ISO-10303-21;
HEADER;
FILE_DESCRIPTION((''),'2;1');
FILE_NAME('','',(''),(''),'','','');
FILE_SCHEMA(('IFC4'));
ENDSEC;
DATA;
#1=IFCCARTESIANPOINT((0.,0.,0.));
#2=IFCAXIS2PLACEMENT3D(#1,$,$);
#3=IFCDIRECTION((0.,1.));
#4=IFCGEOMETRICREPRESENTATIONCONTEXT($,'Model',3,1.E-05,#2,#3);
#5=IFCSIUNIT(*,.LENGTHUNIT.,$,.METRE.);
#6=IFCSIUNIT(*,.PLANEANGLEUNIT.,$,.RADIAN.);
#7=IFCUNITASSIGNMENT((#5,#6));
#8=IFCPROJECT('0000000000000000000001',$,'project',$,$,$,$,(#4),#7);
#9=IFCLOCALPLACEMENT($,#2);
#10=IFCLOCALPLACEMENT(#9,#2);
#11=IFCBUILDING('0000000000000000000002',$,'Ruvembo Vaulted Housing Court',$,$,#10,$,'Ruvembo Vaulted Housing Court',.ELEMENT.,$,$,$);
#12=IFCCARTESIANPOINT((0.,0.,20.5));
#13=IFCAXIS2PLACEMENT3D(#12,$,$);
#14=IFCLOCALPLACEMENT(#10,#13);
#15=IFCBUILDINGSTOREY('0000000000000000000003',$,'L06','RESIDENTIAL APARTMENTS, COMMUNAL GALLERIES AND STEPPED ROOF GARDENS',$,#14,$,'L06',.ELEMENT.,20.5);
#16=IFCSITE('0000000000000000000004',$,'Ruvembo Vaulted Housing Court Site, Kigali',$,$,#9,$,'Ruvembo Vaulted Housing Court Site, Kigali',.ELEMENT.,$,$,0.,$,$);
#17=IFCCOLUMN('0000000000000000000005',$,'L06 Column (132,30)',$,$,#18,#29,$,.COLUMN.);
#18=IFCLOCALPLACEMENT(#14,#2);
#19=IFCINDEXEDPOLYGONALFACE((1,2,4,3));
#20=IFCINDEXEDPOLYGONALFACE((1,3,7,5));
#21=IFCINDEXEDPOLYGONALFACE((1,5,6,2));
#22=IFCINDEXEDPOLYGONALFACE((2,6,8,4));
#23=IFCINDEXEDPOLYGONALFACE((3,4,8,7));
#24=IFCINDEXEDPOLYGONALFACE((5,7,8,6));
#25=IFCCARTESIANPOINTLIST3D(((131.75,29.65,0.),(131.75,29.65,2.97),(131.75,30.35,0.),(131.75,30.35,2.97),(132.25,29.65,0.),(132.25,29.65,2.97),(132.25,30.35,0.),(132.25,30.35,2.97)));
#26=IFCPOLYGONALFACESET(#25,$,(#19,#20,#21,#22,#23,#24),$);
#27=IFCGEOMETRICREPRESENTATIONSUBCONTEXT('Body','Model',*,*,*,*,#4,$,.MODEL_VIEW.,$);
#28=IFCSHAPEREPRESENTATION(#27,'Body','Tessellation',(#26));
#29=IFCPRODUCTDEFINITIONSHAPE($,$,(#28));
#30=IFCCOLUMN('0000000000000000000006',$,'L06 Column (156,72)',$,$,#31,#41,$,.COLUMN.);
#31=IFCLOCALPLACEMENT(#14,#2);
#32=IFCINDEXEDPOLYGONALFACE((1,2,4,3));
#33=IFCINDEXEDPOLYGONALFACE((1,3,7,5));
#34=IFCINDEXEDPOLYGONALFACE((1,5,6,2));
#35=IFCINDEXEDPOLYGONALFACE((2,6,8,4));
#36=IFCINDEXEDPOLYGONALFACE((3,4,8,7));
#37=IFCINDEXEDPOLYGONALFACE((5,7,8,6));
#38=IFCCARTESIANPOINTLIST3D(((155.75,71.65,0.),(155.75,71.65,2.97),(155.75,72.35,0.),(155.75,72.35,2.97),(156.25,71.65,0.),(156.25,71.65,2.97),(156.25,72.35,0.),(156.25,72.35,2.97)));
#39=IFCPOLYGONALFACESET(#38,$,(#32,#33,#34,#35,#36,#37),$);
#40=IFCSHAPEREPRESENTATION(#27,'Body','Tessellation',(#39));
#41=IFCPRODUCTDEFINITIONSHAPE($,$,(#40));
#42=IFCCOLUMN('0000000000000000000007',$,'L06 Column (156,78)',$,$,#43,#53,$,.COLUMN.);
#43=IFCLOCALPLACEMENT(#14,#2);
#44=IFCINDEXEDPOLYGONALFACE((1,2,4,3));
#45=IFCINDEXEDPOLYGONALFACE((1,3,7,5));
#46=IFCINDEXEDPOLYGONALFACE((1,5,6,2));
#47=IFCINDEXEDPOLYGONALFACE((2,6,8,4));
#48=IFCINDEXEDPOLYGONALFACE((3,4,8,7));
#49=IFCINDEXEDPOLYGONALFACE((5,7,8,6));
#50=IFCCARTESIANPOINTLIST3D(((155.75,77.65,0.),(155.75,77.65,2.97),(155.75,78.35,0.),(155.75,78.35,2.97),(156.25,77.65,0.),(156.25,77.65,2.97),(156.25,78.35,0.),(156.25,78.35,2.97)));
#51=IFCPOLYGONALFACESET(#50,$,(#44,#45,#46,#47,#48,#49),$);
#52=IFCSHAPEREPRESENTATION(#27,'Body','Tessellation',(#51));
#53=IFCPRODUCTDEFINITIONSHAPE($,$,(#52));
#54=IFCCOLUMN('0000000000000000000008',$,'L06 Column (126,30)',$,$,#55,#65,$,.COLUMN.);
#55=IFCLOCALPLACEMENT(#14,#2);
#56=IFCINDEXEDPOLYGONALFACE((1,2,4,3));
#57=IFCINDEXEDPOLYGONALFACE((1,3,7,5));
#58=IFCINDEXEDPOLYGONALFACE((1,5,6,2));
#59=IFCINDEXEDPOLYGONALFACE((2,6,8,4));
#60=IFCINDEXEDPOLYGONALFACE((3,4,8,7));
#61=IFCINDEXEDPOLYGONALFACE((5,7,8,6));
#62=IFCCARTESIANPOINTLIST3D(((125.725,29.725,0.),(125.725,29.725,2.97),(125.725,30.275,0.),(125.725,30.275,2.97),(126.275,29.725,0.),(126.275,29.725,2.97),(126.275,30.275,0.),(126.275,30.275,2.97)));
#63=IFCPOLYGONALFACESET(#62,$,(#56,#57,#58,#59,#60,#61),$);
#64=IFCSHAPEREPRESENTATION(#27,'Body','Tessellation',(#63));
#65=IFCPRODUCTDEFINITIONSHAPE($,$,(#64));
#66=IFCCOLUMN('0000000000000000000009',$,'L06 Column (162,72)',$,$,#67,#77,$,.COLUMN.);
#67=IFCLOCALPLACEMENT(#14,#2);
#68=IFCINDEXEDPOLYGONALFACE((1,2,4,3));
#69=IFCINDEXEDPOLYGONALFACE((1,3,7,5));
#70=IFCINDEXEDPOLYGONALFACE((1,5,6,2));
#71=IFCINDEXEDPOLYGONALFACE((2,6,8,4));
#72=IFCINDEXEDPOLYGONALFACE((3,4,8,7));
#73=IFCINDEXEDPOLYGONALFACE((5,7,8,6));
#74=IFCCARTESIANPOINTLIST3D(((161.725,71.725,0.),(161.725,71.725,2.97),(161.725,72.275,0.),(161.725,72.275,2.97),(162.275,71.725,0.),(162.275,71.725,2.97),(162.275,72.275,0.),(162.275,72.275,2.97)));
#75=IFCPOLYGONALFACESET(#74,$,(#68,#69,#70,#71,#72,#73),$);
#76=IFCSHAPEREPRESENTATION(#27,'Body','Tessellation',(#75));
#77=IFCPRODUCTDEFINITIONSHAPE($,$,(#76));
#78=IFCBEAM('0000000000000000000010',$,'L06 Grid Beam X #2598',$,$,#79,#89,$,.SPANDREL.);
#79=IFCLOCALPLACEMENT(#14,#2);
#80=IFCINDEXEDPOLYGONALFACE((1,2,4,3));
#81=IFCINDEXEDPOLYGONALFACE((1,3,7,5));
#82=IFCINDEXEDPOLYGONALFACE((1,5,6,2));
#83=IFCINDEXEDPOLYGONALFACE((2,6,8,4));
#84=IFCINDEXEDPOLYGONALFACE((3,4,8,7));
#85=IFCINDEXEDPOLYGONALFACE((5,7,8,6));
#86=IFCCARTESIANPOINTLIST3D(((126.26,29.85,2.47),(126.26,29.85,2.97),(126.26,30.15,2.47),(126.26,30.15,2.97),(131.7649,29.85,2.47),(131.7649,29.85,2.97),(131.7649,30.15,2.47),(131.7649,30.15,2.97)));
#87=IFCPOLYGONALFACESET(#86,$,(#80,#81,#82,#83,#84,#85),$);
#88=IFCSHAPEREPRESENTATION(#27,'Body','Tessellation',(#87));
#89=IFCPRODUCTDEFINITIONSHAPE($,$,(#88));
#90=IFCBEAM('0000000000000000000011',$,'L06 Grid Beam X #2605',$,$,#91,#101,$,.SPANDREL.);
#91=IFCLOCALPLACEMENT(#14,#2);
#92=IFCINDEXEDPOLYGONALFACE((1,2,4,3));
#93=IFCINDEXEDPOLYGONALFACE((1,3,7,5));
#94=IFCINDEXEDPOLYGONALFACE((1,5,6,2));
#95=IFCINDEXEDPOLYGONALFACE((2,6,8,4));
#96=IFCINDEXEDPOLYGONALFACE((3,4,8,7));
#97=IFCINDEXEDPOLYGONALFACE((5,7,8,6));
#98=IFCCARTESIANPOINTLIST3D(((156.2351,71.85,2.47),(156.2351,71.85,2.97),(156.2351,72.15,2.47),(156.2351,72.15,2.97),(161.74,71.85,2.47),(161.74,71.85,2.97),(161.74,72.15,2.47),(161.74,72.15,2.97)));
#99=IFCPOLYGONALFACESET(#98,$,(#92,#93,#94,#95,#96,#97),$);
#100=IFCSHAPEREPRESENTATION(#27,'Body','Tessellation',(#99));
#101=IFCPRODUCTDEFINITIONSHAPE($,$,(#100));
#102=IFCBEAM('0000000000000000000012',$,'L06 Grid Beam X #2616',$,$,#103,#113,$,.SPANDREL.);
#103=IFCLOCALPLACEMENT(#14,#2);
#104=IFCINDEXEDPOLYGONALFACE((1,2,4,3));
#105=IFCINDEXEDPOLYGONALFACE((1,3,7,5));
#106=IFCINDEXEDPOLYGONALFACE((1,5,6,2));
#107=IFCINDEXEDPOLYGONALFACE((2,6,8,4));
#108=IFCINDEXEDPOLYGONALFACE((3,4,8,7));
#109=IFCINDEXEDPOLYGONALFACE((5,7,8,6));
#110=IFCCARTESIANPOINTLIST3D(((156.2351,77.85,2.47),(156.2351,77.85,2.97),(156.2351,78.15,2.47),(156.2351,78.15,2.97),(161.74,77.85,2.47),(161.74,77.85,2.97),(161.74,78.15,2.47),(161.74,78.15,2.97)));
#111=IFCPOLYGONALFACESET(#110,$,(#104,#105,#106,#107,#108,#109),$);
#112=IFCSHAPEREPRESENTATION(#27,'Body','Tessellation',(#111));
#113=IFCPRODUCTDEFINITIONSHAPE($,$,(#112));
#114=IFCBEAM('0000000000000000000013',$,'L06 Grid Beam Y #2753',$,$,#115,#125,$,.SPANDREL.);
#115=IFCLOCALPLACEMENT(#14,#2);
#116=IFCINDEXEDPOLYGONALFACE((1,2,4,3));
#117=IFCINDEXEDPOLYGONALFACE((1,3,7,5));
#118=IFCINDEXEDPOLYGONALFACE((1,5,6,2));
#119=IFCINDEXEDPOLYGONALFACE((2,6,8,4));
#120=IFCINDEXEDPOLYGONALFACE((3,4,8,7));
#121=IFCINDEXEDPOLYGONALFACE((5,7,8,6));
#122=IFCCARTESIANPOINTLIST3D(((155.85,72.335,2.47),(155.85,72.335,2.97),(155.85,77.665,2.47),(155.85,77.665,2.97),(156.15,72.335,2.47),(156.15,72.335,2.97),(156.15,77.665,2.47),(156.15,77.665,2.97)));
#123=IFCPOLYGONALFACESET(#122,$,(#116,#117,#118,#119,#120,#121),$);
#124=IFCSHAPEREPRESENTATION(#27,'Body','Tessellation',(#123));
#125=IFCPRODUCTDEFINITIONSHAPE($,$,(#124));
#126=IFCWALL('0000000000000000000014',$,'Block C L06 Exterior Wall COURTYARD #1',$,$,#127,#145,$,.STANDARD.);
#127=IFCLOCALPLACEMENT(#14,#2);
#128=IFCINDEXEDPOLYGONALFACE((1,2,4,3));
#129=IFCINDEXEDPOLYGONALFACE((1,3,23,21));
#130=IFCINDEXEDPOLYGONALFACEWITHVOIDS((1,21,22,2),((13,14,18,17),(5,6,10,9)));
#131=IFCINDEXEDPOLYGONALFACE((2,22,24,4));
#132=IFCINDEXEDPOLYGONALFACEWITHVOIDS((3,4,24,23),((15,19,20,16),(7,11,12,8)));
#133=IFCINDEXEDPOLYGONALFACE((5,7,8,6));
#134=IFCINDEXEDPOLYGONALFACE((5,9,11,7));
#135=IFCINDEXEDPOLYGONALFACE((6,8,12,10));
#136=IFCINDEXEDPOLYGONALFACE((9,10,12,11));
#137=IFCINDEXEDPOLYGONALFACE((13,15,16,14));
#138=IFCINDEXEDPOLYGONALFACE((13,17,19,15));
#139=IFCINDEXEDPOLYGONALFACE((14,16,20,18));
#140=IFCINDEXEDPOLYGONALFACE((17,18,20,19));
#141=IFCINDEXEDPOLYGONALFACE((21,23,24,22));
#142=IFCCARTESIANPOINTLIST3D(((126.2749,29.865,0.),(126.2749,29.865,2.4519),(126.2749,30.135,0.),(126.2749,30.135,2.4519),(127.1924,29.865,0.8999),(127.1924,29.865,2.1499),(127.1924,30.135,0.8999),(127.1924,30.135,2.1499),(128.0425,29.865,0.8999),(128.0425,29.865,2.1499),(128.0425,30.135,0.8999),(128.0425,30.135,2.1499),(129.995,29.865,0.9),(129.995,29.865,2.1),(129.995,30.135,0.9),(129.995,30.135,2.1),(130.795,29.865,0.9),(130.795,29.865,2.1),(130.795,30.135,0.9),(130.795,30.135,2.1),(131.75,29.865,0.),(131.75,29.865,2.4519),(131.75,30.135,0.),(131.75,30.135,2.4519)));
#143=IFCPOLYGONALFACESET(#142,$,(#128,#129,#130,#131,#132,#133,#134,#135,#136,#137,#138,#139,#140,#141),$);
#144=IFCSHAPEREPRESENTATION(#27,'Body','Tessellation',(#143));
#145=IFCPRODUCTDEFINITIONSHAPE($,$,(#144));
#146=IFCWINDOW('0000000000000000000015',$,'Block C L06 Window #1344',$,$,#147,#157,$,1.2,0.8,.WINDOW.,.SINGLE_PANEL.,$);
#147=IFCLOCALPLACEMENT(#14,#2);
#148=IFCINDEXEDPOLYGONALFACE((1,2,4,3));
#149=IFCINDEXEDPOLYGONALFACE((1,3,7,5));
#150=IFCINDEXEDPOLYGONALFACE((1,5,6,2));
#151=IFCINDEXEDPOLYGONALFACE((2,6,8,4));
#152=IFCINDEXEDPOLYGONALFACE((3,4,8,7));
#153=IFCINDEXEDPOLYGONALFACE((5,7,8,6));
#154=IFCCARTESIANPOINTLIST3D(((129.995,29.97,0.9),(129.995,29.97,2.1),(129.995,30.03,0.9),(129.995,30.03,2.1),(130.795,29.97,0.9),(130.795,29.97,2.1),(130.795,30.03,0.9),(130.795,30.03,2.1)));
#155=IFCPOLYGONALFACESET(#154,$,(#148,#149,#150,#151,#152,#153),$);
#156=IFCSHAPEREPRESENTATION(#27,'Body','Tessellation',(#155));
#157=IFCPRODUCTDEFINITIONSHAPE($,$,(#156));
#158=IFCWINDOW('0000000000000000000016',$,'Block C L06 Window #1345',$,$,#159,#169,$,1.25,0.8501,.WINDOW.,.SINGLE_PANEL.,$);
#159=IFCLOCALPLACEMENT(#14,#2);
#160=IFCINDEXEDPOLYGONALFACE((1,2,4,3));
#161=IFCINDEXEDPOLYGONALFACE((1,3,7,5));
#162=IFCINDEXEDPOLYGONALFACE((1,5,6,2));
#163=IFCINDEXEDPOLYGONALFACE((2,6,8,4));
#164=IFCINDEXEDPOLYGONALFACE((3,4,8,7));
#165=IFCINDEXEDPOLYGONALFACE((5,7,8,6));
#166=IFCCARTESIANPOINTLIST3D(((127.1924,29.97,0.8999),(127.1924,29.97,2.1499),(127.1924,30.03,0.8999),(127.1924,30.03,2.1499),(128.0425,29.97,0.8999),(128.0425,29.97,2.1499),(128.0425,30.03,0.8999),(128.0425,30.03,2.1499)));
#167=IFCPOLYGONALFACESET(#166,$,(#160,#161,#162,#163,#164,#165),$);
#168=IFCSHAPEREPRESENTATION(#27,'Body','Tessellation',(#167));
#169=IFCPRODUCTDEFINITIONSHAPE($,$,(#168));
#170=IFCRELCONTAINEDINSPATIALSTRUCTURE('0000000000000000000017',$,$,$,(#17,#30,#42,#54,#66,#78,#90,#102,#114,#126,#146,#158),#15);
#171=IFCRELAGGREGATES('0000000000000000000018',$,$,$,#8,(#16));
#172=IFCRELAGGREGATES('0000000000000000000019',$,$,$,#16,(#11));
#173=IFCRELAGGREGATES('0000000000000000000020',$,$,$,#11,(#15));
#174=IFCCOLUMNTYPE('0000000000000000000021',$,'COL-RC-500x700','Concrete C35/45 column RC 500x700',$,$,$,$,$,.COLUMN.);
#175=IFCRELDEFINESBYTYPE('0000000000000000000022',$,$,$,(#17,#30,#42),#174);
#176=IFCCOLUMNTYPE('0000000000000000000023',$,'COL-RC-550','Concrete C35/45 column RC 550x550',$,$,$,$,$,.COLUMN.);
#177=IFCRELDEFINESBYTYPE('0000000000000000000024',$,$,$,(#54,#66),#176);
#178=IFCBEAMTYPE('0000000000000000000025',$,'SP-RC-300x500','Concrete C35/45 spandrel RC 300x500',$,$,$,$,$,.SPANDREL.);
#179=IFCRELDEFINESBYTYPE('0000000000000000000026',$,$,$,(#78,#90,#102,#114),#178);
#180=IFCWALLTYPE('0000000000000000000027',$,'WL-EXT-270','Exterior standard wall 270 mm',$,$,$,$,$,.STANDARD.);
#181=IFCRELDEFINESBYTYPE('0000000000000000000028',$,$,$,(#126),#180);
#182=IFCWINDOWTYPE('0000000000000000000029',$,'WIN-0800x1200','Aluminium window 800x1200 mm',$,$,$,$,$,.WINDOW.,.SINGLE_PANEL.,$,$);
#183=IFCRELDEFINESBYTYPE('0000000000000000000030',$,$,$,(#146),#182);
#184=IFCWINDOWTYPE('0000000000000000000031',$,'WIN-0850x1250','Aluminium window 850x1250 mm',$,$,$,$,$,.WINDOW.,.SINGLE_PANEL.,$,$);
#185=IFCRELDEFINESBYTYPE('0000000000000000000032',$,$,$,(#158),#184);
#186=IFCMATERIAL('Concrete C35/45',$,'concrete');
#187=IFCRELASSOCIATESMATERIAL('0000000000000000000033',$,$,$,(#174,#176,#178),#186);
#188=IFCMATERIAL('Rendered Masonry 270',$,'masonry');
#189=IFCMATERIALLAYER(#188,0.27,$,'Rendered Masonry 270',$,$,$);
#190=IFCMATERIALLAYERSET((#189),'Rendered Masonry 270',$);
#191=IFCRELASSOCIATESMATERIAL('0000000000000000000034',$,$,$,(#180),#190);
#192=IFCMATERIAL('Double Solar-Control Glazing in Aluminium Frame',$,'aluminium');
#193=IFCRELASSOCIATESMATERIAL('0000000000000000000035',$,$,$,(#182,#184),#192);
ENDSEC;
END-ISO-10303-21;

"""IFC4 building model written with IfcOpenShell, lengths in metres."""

from ifc_helpers import new_model, si_unit, direction, frame, frame_2d, origin, origin_2d, place, context, subcontext, project, spatial, rectangle, extrude, material, layer, layer_set, material_profile, profile_set, type_object, element, fill, save


model = new_model("IFC4")

# Units and contexts
model_context = context("Model", 3, precision=1e-05, world=origin(), true_north=direction((0.0, 1.0)))
body_context = subcontext(model_context, "Body", "Model", "MODEL_VIEW")
ifc_project = project(units=[si_unit("LENGTHUNIT", "METRE"), si_unit("PLANEANGLEUNIT", "RADIAN")], contexts=[model_context])

# Site, building, storey
site_placement = place(None, origin())
site = spatial("IfcSite", under=ifc_project, at=site_placement, Name="Ruvembo Vaulted Housing Court Site, Kigali", LongName="Ruvembo Vaulted Housing Court Site, Kigali", CompositionType="ELEMENT", RefElevation=0.0)
building_placement = place(site_placement, origin())
building = spatial("IfcBuilding", under=site, at=building_placement, Name="Ruvembo Vaulted Housing Court", LongName="Ruvembo Vaulted Housing Court", CompositionType="ELEMENT")
storey_placement = place(building_placement, frame((0.0, 0.0, 20.5)))
storey = spatial("IfcBuildingStorey", under=building, at=storey_placement, Name="L06", Description="RESIDENTIAL APARTMENTS, COMMUNAL GALLERIES AND STEPPED ROOF GARDENS", LongName="L06", CompositionType="ELEMENT", Elevation=20.5)

# Columns
ifc_material_1 = material(Name="Concrete C35/45", Category="concrete")
ifc_material_profile_1 = material_profile(ifc_material_1, rectangle(XDim=0.5, YDim=0.7, at=origin_2d()), Name="RC 500x700")
ifc_profile_set_1 = profile_set([ifc_material_profile_1], Name="Concrete C35/45")
column_type_1 = type_object("IfcColumnType", Name="COL-RC-500x700", Description="Concrete C35/45 column RC 500x700", PredefinedType="COLUMN", material=ifc_profile_set_1)
for number, where, z_axis, x_axis, name in (
    (1, (132.0, 30.0, 0.0), (0.0, 0.0, 1.0), (1.0, 0.0, 0.0), "L06 Column (132,30)"),
    (2, (156.0, 72.0, 0.0), (0.0, 0.0, 1.0), (1.0, 0.0, 0.0), "L06 Column (156,72)"),
    (3, (156.0, 78.0, 0.0), (0.0, 0.0, 1.0), (1.0, 0.0, 0.0), "L06 Column (156,78)"),
):
    element("IfcColumn", number, at=place(storey_placement, frame(where, z_axis=z_axis, x_axis=x_axis)), inside=storey, type_object=column_type_1, Name=name, PredefinedType="COLUMN", context=body_context, shape_type="SweptSolid", body=[
        extrude(rectangle(XDim=0.5, YDim=0.7, at=origin_2d()), origin(), (0.0, 0.0, 1.0), 2.97),
    ])
ifc_material_profile_2 = material_profile(ifc_material_1, rectangle(XDim=0.55, YDim=0.55, at=origin_2d()), Name="RC 550x550")
ifc_profile_set_2 = profile_set([ifc_material_profile_2], Name="Concrete C35/45")
column_type_2 = type_object("IfcColumnType", Name="COL-RC-550", Description="Concrete C35/45 column RC 550x550", PredefinedType="COLUMN", material=ifc_profile_set_2)
for number, where, z_axis, x_axis, name in (
    (4, (126.0, 30.0, 0.0), (0.0, 0.0, 1.0), (1.0, 0.0, 0.0), "L06 Column (126,30)"),
    (5, (162.0, 72.0, 0.0), (0.0, 0.0, 1.0), (1.0, 0.0, 0.0), "L06 Column (162,72)"),
):
    element("IfcColumn", number, at=place(storey_placement, frame(where, z_axis=z_axis, x_axis=x_axis)), inside=storey, type_object=column_type_2, Name=name, PredefinedType="COLUMN", context=body_context, shape_type="SweptSolid", body=[
        extrude(rectangle(XDim=0.55, YDim=0.55, at=origin_2d()), origin(), (0.0, 0.0, 1.0), 2.97),
    ])

# Beams
ifc_material_profile_3 = material_profile(ifc_material_1, rectangle(XDim=0.3, YDim=0.5, at=origin_2d()), Name="RC 300x500")
ifc_profile_set_3 = profile_set([ifc_material_profile_3], Name="Concrete C35/45")
beam_type = type_object("IfcBeamType", Name="SP-RC-300x500", Description="Concrete C35/45 spandrel RC 300x500", PredefinedType="SPANDREL", material=ifc_profile_set_3)
for number, where, z_axis, x_axis, name in (
    (6, (126.26, 30.0, 2.72), (1.0, 0.0, 0.0), (0.0, 1.0, 0.0), "L06 Grid Beam X #2598"),
    (7, (156.2351, 72.0, 2.72), (1.0, 0.0, 0.0), (0.0, 1.0, 0.0), "L06 Grid Beam X #2605"),
    (8, (156.2351, 78.0, 2.72), (1.0, 0.0, 0.0), (0.0, 1.0, 0.0), "L06 Grid Beam X #2616"),
):
    element("IfcBeam", number, at=place(storey_placement, frame(where, z_axis=z_axis, x_axis=x_axis)), inside=storey, type_object=beam_type, Name=name, PredefinedType="SPANDREL", context=body_context, shape_type="SweptSolid", body=[
        extrude(rectangle(XDim=0.3, YDim=0.5, at=origin_2d()), origin(), (0.0, 0.0, 1.0), 5.5049),
    ])
beam_placement = place(storey_placement, frame((156.0, 72.335, 2.72), z_axis=(0.0, 1.0, 0.0), x_axis=(-1.0, 0.0, 0.0)))
element("IfcBeam", 9, at=beam_placement, inside=storey, type_object=beam_type, Name="L06 Grid Beam Y #2753", PredefinedType="SPANDREL", context=body_context, shape_type="SweptSolid", body=[
    extrude(rectangle(XDim=0.3, YDim=0.5, at=origin_2d()), origin(), (0.0, 0.0, 1.0), 5.3301),
])

# Wall, openings, windows
ifc_material_2 = material(Name="Rendered Masonry 270", Category="masonry")
ifc_layer_1 = layer(ifc_material_2, 0.27, Name="Rendered Masonry 270")
ifc_layer_set_1 = layer_set([ifc_layer_1], Name="Rendered Masonry 270")
wall_type_1 = type_object("IfcWallType", Name="WL-EXT-270", Description="Exterior standard wall 270 mm", PredefinedType="STANDARD", material=ifc_layer_set_1)
wall_1_placement = place(storey_placement, frame((131.75, 30.0, 0.0), z_axis=(0.0, 0.0, 1.0), x_axis=(-1.0, 0.0, 0.0)))
wall_1 = element("IfcWall", 10, at=wall_1_placement, inside=storey, type_object=wall_type_1, Name="Block C L06 Exterior Wall COURTYARD #1", PredefinedType="STANDARD", context=body_context, shape_type="SweptSolid", body=[
    extrude(rectangle(XDim=5.4751, YDim=0.27, at=frame_2d((2.7375, 0.0))), origin(), (0.0, 0.0, 1.0), 2.4519),
])
opening_1_placement = place(wall_1_placement, frame((0.9551, 0.0, 0.8999)))
opening_1 = element("IfcOpeningElement", 11, at=opening_1_placement, cuts=wall_1, PredefinedType="OPENING", context=body_context, shape_type="SweptSolid", body=[
    extrude(rectangle(XDim=0.8, YDim=1.2, at=frame_2d((0.3999, 0.6001))), frame((0.0, 0.145, 0.0), z_axis=(0.0, -1.0, 0.0), x_axis=(1.0, 0.0, 0.0)), (0.0, 0.0, 1.0), 0.29),
])
opening_2_placement = place(wall_1_placement, frame((3.7075, 0.0, 0.8999)))
opening_2 = element("IfcOpeningElement", 12, at=opening_2_placement, cuts=wall_1, PredefinedType="OPENING", context=body_context, shape_type="SweptSolid", body=[
    extrude(rectangle(XDim=0.8501, YDim=1.25, at=frame_2d((0.425, 0.625))), frame((0.0, 0.145, 0.0), z_axis=(0.0, -1.0, 0.0), x_axis=(1.0, 0.0, 0.0)), (0.0, 0.0, 1.0), 0.29),
])
ifc_material_3 = material(Name="Double Solar-Control Glazing in Aluminium Frame", Category="aluminium")
window_type_1 = type_object("IfcWindowType", Name="WIN-0800x1200", Description="Aluminium window 800x1200 mm", PartitioningType="SINGLE_PANEL", PredefinedType="WINDOW", material=ifc_material_3)
window_1_placement = place(opening_1_placement, origin())
window_1 = element("IfcWindow", 13, at=window_1_placement, inside=storey, type_object=window_type_1, Name="Block C L06 Window #1344", OverallHeight=1.2, OverallWidth=0.8, PartitioningType="SINGLE_PANEL", PredefinedType="WINDOW", context=body_context, shape_type="SweptSolid", body=[
    extrude(rectangle(XDim=0.8, YDim=1.2, at=frame_2d((0.3999, 0.6001))), frame((0.0, 0.03, 0.0), z_axis=(0.0, -1.0, 0.0), x_axis=(1.0, 0.0, 0.0)), (0.0, 0.0, 1.0), 0.0601),
])
fill(opening_1, window_1)
window_type_2 = type_object("IfcWindowType", Name="WIN-0850x1250", Description="Aluminium window 850x1250 mm", PartitioningType="SINGLE_PANEL", PredefinedType="WINDOW", material=ifc_material_3)
window_2_placement = place(opening_2_placement, origin())
window_2 = element("IfcWindow", 14, at=window_2_placement, inside=storey, type_object=window_type_2, Name="Block C L06 Window #1345", OverallHeight=1.25, OverallWidth=0.8501, PartitioningType="SINGLE_PANEL", PredefinedType="WINDOW", context=body_context, shape_type="SweptSolid", body=[
    extrude(rectangle(XDim=0.8501, YDim=1.25, at=frame_2d((0.425, 0.625))), frame((0.0, 0.03, 0.0), z_axis=(0.0, -1.0, 0.0), x_axis=(1.0, 0.0, 0.0)), (0.0, 0.0, 1.0), 0.0601),
])
fill(opening_2, window_2)

save(model, "model.ifc")
